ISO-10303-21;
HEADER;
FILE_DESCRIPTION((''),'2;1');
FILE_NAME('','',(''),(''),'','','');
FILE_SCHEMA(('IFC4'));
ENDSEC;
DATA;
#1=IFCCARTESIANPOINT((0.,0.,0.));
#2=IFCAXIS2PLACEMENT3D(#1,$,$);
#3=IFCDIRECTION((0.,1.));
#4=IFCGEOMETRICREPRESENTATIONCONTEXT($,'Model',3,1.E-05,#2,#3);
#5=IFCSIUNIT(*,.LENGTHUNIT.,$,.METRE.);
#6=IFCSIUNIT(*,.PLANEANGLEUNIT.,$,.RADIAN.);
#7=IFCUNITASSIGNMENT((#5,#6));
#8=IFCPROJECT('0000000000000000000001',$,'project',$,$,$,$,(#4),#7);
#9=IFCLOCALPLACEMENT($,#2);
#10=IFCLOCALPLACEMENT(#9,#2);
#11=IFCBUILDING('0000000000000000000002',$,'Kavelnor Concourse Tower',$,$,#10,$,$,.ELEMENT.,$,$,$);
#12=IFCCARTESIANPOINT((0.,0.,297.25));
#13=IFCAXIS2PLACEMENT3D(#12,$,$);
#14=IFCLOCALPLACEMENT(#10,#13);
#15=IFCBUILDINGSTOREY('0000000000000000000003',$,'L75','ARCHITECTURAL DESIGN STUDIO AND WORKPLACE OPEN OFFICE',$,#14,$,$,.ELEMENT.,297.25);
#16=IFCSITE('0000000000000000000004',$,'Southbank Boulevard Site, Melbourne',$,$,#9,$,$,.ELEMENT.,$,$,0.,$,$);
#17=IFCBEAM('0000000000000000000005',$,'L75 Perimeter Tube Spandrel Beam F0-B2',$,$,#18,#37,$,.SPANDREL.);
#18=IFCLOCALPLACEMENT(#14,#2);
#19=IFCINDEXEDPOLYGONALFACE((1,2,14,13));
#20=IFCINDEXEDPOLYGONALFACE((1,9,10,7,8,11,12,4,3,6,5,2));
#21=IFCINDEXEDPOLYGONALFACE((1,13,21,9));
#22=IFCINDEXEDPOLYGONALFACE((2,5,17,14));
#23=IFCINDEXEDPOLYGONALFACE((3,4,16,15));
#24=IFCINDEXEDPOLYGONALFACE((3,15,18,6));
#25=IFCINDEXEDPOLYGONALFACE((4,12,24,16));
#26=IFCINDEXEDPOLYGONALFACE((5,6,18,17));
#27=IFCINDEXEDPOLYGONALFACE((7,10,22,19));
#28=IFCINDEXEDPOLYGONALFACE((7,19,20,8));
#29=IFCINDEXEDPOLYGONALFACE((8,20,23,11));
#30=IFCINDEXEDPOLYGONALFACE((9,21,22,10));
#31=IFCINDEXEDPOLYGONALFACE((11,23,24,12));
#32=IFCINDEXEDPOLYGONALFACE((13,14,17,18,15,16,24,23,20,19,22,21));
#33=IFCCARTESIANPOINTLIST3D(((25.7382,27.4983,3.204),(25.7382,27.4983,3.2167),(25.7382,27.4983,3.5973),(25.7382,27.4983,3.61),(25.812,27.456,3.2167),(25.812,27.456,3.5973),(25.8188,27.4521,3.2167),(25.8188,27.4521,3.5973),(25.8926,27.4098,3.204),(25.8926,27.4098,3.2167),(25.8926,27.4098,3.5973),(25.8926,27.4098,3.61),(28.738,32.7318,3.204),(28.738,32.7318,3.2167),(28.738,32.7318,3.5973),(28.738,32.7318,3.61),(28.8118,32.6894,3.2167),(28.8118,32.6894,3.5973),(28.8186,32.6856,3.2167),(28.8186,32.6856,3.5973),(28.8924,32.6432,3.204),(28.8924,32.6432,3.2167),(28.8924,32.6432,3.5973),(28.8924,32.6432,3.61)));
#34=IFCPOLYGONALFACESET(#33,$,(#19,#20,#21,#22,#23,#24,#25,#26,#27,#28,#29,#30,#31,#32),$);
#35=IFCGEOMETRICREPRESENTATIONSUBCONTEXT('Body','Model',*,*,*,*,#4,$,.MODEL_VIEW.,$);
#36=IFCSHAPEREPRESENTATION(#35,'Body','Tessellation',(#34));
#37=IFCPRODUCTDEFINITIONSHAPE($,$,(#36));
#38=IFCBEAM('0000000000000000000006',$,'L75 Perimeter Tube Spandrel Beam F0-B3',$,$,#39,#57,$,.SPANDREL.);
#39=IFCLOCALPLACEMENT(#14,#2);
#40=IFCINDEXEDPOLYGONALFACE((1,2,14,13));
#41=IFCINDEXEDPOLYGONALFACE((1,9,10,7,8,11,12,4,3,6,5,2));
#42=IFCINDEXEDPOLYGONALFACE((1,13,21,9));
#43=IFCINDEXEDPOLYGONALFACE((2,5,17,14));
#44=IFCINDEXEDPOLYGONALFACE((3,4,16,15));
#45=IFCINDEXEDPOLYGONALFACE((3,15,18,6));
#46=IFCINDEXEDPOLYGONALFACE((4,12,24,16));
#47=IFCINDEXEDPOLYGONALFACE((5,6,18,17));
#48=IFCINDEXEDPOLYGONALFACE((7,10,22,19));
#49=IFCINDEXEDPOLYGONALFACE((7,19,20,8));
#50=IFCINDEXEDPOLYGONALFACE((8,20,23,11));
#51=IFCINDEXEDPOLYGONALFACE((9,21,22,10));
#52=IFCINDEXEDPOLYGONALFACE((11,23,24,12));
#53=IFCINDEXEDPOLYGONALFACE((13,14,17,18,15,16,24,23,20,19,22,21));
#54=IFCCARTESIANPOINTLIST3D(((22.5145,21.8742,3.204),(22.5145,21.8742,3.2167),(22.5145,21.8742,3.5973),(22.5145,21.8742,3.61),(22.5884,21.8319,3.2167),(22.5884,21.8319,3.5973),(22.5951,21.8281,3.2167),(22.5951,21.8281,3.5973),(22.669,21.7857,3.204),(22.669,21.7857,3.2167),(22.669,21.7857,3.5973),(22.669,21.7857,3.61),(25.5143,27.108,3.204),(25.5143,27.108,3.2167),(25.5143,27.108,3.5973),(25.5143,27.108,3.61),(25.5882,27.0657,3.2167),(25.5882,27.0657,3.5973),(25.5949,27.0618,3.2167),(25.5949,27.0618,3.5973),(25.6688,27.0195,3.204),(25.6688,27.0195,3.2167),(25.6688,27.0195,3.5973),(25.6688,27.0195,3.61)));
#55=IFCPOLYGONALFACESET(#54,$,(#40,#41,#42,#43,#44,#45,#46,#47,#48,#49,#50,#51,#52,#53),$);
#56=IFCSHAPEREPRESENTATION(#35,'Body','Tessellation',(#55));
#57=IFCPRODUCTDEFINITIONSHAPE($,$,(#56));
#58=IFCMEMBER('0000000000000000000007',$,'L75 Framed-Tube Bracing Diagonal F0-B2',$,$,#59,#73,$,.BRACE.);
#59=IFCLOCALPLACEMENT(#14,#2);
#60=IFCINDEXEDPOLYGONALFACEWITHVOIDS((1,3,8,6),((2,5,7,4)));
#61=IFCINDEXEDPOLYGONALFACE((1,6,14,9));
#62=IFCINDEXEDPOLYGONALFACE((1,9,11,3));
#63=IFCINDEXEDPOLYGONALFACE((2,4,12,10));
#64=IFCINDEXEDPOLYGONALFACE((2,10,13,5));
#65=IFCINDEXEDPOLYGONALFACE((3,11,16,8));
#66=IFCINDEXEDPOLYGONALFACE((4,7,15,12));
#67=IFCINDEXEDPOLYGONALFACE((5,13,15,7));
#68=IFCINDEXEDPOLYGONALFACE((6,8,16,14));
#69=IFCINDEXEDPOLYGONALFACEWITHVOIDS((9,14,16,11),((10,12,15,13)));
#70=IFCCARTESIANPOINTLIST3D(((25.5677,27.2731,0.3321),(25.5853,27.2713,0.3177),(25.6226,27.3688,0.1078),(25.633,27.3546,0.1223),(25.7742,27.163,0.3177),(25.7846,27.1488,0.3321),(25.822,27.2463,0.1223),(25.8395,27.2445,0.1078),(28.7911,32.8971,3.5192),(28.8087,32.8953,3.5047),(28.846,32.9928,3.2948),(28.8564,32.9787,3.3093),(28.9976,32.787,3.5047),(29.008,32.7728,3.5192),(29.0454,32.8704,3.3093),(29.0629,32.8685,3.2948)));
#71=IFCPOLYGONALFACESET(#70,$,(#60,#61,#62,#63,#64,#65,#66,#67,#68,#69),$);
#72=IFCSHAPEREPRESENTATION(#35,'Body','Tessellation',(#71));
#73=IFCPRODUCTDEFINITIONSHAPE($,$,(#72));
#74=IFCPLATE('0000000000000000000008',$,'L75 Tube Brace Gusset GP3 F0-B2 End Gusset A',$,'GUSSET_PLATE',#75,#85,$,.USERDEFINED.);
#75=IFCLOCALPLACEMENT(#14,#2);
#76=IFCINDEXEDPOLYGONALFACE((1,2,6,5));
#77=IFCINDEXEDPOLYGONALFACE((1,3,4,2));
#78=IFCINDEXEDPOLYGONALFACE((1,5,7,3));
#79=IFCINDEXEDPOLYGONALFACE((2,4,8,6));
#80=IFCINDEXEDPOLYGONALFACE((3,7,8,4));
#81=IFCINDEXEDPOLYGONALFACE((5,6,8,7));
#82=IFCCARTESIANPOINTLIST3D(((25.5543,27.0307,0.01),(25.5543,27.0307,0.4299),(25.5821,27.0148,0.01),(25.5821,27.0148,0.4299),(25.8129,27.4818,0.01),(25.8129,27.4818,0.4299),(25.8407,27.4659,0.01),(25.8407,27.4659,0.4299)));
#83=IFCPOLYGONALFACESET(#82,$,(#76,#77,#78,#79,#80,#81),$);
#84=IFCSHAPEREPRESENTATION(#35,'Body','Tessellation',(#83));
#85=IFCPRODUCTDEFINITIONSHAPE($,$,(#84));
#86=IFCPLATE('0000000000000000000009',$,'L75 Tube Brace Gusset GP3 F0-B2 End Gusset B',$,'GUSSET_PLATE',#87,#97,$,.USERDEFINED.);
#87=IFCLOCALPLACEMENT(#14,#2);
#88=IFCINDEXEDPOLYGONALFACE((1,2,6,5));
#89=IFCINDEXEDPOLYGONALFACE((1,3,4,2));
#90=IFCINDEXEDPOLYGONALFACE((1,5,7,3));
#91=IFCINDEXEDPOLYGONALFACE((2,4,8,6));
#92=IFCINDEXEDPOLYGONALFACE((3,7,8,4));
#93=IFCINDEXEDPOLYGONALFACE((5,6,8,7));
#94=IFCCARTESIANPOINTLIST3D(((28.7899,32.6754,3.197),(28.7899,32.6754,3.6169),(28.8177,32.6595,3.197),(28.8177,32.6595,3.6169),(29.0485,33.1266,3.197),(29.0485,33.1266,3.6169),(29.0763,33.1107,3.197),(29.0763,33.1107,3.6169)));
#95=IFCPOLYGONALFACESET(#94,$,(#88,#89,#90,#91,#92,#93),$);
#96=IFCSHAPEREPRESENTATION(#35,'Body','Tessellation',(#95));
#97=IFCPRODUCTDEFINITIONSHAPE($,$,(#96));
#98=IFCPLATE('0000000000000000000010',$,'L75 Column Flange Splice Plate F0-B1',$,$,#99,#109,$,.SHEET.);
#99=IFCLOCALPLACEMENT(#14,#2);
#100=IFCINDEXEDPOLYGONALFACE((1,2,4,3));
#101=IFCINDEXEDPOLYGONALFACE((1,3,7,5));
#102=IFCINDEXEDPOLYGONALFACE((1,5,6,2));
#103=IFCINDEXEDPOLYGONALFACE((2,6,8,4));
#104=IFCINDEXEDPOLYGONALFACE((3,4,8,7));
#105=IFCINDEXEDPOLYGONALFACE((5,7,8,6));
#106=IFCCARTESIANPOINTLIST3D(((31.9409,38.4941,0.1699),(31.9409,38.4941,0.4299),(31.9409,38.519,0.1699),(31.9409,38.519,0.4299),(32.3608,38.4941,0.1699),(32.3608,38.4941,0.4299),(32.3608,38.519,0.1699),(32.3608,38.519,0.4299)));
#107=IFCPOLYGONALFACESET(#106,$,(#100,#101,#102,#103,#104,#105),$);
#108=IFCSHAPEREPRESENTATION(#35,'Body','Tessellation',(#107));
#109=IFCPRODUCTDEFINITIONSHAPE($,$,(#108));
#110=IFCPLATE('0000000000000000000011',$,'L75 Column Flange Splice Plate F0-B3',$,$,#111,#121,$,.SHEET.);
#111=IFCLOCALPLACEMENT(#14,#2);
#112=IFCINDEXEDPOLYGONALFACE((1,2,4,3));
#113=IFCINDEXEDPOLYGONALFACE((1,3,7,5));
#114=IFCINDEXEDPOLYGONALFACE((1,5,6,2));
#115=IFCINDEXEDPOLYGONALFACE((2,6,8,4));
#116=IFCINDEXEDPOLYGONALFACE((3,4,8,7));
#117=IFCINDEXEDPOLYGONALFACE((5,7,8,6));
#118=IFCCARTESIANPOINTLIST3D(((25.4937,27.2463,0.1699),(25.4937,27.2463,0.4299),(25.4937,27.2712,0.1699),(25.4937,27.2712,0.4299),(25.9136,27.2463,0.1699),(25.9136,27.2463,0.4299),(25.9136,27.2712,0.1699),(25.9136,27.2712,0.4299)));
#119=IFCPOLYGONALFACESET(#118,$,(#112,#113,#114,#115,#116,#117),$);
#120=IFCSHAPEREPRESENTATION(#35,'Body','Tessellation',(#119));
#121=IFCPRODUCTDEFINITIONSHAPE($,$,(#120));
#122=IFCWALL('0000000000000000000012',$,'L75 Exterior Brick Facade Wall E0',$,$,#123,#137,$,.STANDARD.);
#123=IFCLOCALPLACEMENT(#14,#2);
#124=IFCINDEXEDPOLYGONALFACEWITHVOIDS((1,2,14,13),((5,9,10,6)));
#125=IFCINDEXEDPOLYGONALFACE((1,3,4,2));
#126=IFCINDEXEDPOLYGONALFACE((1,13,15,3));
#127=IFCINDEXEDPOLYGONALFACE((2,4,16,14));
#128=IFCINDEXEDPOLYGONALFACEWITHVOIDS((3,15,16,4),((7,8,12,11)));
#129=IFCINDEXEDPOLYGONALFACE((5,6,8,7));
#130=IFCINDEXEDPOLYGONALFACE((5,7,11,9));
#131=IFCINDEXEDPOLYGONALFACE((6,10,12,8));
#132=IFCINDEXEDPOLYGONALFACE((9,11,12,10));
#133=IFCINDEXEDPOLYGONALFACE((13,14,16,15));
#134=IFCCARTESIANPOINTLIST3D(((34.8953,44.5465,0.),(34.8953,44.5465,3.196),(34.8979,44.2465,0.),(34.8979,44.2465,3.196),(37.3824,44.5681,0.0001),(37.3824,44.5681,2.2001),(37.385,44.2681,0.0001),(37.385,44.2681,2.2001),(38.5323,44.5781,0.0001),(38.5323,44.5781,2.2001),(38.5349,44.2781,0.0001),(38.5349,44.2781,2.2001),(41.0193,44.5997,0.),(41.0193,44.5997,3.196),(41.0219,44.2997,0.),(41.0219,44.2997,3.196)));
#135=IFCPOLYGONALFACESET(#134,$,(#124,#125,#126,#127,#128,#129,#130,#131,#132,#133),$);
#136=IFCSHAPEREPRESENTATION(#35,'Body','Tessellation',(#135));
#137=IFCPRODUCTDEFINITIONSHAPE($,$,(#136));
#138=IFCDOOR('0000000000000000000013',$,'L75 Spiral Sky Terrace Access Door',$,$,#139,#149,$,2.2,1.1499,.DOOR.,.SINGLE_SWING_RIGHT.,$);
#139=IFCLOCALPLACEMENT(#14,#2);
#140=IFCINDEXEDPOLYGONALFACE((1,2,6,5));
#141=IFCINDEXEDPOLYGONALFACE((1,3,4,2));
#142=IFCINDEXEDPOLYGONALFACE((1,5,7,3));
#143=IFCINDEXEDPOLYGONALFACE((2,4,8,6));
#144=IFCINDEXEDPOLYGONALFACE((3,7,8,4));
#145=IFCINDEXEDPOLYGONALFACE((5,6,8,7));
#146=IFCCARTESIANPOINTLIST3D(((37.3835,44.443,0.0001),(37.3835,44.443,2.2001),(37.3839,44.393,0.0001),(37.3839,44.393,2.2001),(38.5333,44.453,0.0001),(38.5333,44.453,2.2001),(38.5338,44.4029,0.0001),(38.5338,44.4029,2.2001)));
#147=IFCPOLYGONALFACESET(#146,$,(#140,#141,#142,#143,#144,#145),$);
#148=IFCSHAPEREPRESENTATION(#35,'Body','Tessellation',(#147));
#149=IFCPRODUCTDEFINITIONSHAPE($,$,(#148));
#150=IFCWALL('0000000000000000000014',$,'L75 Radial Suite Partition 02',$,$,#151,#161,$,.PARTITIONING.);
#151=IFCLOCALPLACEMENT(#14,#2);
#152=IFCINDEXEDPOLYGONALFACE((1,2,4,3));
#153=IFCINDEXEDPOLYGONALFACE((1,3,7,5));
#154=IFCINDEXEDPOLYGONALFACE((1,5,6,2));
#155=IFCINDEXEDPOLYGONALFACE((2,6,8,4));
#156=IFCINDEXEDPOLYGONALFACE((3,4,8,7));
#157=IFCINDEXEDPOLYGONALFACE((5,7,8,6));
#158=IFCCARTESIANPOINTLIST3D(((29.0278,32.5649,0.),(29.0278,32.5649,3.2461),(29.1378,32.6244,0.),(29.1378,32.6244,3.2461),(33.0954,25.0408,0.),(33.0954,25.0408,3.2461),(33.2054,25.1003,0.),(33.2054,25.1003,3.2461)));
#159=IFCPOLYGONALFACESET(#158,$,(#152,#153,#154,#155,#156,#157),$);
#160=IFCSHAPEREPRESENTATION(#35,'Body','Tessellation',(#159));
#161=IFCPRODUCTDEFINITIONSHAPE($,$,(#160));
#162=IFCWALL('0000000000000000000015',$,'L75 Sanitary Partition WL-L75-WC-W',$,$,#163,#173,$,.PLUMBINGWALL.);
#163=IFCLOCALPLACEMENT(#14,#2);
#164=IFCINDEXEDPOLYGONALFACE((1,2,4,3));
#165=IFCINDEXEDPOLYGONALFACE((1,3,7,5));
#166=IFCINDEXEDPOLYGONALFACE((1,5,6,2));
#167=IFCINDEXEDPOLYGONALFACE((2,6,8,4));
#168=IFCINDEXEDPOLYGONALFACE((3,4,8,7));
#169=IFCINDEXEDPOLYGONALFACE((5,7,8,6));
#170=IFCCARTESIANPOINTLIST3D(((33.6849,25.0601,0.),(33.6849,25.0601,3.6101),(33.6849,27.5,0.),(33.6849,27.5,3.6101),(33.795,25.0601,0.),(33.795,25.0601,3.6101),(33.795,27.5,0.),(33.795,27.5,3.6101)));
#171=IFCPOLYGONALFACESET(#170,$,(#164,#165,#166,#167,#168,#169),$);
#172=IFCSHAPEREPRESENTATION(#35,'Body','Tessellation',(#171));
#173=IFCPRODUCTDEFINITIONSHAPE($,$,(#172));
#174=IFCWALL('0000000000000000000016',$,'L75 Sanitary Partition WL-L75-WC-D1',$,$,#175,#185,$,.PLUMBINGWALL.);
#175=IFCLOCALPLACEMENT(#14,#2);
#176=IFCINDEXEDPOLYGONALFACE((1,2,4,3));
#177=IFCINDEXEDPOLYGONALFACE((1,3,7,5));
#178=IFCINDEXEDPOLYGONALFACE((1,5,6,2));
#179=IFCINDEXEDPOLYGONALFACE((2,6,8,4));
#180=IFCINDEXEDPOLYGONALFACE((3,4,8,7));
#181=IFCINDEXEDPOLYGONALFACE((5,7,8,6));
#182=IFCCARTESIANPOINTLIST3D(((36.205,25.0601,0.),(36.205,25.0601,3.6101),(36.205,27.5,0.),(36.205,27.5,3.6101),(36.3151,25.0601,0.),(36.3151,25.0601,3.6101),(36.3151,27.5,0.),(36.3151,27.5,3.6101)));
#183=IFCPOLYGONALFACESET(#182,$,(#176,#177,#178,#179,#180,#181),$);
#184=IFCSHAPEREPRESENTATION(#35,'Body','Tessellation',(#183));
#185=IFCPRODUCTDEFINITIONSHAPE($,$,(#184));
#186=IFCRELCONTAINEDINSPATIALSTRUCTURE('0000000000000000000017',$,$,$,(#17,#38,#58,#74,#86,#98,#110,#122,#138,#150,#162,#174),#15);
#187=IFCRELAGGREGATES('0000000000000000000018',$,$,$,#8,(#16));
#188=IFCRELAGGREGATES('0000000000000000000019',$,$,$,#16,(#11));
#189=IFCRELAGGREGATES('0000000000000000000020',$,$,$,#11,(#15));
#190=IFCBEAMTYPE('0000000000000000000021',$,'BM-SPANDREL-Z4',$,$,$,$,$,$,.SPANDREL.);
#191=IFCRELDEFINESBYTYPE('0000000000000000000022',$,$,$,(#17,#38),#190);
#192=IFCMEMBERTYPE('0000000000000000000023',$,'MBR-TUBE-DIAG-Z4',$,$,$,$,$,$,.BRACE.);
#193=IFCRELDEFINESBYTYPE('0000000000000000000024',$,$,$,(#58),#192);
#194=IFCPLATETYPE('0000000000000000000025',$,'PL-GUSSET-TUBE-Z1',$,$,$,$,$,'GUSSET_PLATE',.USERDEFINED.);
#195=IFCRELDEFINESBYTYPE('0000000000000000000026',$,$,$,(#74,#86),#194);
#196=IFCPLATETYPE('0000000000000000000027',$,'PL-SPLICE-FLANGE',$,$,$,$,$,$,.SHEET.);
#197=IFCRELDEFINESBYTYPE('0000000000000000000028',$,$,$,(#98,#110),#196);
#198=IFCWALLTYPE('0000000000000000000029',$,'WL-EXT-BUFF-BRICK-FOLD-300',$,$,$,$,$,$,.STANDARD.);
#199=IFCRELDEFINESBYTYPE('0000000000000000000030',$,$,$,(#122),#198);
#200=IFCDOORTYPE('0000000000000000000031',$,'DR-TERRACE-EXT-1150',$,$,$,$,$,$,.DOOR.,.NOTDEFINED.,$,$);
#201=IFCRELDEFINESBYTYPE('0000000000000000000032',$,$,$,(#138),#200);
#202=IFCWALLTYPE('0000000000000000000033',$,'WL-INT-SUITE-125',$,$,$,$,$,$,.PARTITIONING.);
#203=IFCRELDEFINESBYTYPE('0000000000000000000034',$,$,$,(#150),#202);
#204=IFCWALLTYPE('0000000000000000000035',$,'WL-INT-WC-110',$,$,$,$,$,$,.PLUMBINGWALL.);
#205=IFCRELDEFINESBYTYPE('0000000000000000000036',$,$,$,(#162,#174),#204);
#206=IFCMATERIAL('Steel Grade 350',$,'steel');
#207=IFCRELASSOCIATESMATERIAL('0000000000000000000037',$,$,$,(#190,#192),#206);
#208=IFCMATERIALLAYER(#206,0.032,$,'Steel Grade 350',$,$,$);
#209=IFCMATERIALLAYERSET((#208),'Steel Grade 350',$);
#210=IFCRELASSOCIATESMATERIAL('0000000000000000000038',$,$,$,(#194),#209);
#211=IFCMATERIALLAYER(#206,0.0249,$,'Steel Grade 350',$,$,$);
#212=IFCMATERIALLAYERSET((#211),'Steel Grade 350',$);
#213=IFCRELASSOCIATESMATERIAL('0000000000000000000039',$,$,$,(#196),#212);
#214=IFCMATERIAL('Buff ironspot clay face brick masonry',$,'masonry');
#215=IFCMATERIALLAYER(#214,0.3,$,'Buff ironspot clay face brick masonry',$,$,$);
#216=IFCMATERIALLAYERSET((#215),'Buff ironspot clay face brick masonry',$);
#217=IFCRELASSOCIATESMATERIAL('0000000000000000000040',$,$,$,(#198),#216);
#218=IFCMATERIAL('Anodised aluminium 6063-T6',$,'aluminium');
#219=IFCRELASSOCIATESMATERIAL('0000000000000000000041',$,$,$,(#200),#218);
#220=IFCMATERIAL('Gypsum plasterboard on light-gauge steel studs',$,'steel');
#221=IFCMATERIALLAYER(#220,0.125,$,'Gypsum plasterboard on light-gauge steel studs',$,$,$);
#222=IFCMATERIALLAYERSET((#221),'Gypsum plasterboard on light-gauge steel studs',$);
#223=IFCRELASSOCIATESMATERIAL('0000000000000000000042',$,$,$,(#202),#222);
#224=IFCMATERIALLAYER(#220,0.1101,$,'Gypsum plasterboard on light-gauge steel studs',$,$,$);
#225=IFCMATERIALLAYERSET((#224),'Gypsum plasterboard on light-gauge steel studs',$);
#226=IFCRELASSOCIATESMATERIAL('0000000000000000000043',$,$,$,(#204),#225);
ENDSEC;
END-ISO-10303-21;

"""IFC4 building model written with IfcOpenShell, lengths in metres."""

from ifc_helpers import new_model, si_unit, direction, frame, frame_2d, origin, origin_2d, place, context, subcontext, project, spatial, rectangle, hollow_rectangle, i_section, extrude, material, layer, layer_set, material_profile, profile_set, type_object, element, fill, save


model = new_model("IFC4")

# Units and contexts
model_context = context("Model", 3, precision=1e-05, world=origin(), true_north=direction((0.0, 1.0)))
body_context = subcontext(model_context, "Body", "Model", "MODEL_VIEW")
ifc_project = project(units=[si_unit("LENGTHUNIT", "METRE"), si_unit("PLANEANGLEUNIT", "RADIAN")], contexts=[model_context])

# Site, building, storey
site_placement = place(None, origin())
site = spatial("IfcSite", under=ifc_project, at=site_placement, Name="Southbank Boulevard Site, Melbourne", CompositionType="ELEMENT", RefElevation=0.0)
building_placement = place(site_placement, origin())
building = spatial("IfcBuilding", under=site, at=building_placement, Name="Kavelnor Concourse Tower", CompositionType="ELEMENT")
storey_placement = place(building_placement, frame((0.0, 0.0, 297.25)))
storey = spatial("IfcBuildingStorey", under=building, at=storey_placement, Name="L75", Description="ARCHITECTURAL DESIGN STUDIO AND WORKPLACE OPEN OFFICE", CompositionType="ELEMENT", Elevation=297.25)

# Shared definitions
ifc_material_1 = material(Name="Steel Grade 350", Category="steel")

# Beams
ifc_material_profile_1 = material_profile(ifc_material_1, i_section(OverallWidth=0.178, OverallDepth=0.406, WebThickness=0.0078, FlangeThickness=0.0127, at=origin_2d()), Name="410UB59")
ifc_profile_set_1 = profile_set([ifc_material_profile_1], Name="Steel Grade 350")
beam_type_1 = type_object("IfcBeamType", Name="BM-SPANDREL-Z4", PredefinedType="SPANDREL", material=ifc_profile_set_1)
beam_1_placement = place(storey_placement, frame((28.8152, 32.6875, 3.407), z_axis=(-0.497294, -0.867582, 0.0), x_axis=(0.867582, -0.497294, 0.0)))
element("IfcBeam", 1, at=beam_1_placement, inside=storey, type_object=beam_type_1, Name="L75 Perimeter Tube Spandrel Beam F0-B2", PredefinedType="SPANDREL", context=body_context, shape_type="SweptSolid", body=[
    extrude(i_section(OverallWidth=0.178, OverallDepth=0.406, WebThickness=0.0078, FlangeThickness=0.0127, at=origin_2d()), origin(), (0.0, 0.0, 1.0), 6.0322),
])
beam_2_placement = place(storey_placement, frame((25.5916, 27.0637, 3.407), z_axis=(-0.497276, -0.867592, 0.0), x_axis=(0.867592, -0.497276, 0.0)))
element("IfcBeam", 2, at=beam_2_placement, inside=storey, type_object=beam_type_1, Name="L75 Perimeter Tube Spandrel Beam F0-B3", PredefinedType="SPANDREL", context=body_context, shape_type="SweptSolid", body=[
    extrude(i_section(OverallWidth=0.178, OverallDepth=0.406, WebThickness=0.0078, FlangeThickness=0.0127, at=origin_2d()), origin(), (0.0, 0.0, 1.0), 6.0325),
])

# Member
ifc_material_profile_2 = material_profile(ifc_material_1, hollow_rectangle(XDim=0.25, YDim=0.25, WallThickness=0.0161, at=origin_2d()), Name="SHS 250x250x16")
ifc_profile_set_2 = profile_set([ifc_material_profile_2], Name="Steel Grade 350")
member_type = type_object("IfcMemberType", Name="MBR-TUBE-DIAG-Z4", PredefinedType="BRACE", material=ifc_profile_set_2)
member_placement = place(storey_placement, frame((25.7036, 27.2588, 0.22), z_axis=(0.446245, 0.778588, 0.441209), x_axis=(-0.8676, 0.497262, 0.0)))
element("IfcMember", 3, at=member_placement, inside=storey, type_object=member_type, Name="L75 Framed-Tube Bracing Diagonal F0-B2", PredefinedType="BRACE", context=body_context, shape_type="SweptSolid", body=[
    extrude(hollow_rectangle(XDim=0.25, YDim=0.25, WallThickness=0.0161, at=origin_2d()), origin(), (0.0, 0.0, 1.0), 7.2234),
])

# Plates
ifc_layer_1 = layer(ifc_material_1, 0.032, Name="Steel Grade 350")
ifc_layer_set_1 = layer_set([ifc_layer_1], Name="Steel Grade 350")
plate_type_1 = type_object("IfcPlateType", Name="PL-GUSSET-TUBE-Z1", ElementType="GUSSET_PLATE", PredefinedType="USERDEFINED", material=ifc_layer_set_1)
for number, where, z_axis, x_axis, name in (
    (4, (25.6975, 27.2483, 0.01), (0.0, 0.0, 1.0), (0.497277, 0.867592, 0.0), "L75 Tube Brace Gusset GP3 F0-B2 End Gusset A"),
    (5, (28.9331, 32.8931, 3.197), (0.0, 0.0, 1.0), (0.497277, 0.867592, 0.0), "L75 Tube Brace Gusset GP3 F0-B2 End Gusset B"),
):
    element("IfcPlate", number, at=place(storey_placement, frame(where, z_axis=z_axis, x_axis=x_axis)), inside=storey, type_object=plate_type_1, Name=name, ObjectType="GUSSET_PLATE", PredefinedType="USERDEFINED", context=body_context, shape_type="SweptSolid", body=[
        extrude(rectangle(XDim=0.52, YDim=0.032, at=origin_2d()), origin(), (0.0, 0.0, 1.0), 0.4199),
    ])
ifc_layer_2 = layer(ifc_material_1, 0.0249, Name="Steel Grade 350")
ifc_layer_set_2 = layer_set([ifc_layer_2], Name="Steel Grade 350")
plate_type_2 = type_object("IfcPlateType", Name="PL-SPLICE-FLANGE", PredefinedType="SHEET", material=ifc_layer_set_2)
for number, where, z_axis, x_axis, name in (
    (6, (32.1509, 38.5066, 0.1699), (0.0, 0.0, 1.0), (1.0, 0.0, 0.0), "L75 Column Flange Splice Plate F0-B1"),
    (7, (25.7036, 27.2588, 0.1699), (0.0, 0.0, 1.0), (1.0, 0.0, 0.0), "L75 Column Flange Splice Plate F0-B3"),
):
    element("IfcPlate", number, at=place(storey_placement, frame(where, z_axis=z_axis, x_axis=x_axis)), inside=storey, type_object=plate_type_2, Name=name, PredefinedType="SHEET", context=body_context, shape_type="SweptSolid", body=[
        extrude(rectangle(XDim=0.4199, YDim=0.0249, at=origin_2d()), origin(), (0.0, 0.0, 1.0), 0.26),
    ])

# Wall, opening, door
ifc_material_2 = material(Name="Buff ironspot clay face brick masonry", Category="masonry")
ifc_layer_3 = layer(ifc_material_2, 0.3, Name="Buff ironspot clay face brick masonry")
ifc_layer_set_3 = layer_set([ifc_layer_3], Name="Buff ironspot clay face brick masonry")
wall_type_1 = type_object("IfcWallType", Name="WL-EXT-BUFF-BRICK-FOLD-300", PredefinedType="STANDARD", material=ifc_layer_set_3)
wall_1_placement = place(storey_placement, frame((34.8967, 44.3965, 0.0), z_axis=(0.0, 0.0, 1.0), x_axis=(0.999962, 0.00869, 0.0)))
wall_1 = element("IfcWall", 8, at=wall_1_placement, inside=storey, type_object=wall_type_1, Name="L75 Exterior Brick Facade Wall E0", PredefinedType="STANDARD", context=body_context, shape_type="SweptSolid", body=[
    extrude(rectangle(XDim=6.1243, YDim=0.3, at=frame_2d((3.062, 0.0))), origin(), (0.0, 0.0, 1.0), 3.196),
])
opening_placement = place(wall_1_placement, frame((2.4871, 0.0, 0.0)))
opening = element("IfcOpeningElement", 9, at=opening_placement, cuts=wall_1, PredefinedType="OPENING", context=body_context, shape_type="SweptSolid", body=[
    extrude(rectangle(XDim=1.1499, YDim=2.2, at=frame_2d((0.575, 1.1001))), frame((0.0, 0.1602, 0.0), z_axis=(0.0, -1.0, 0.0), x_axis=(1.0, 0.0, 0.0)), (0.0, 0.0, 1.0), 0.3201),
])
ifc_material_3 = material(Name="Anodised aluminium 6063-T6", Category="aluminium")
door_type = type_object("IfcDoorType", Name="DR-TERRACE-EXT-1150", OperationType="NOTDEFINED", PredefinedType="DOOR", material=ifc_material_3)
door_placement = place(opening_placement, origin())
door = element("IfcDoor", 10, at=door_placement, inside=storey, type_object=door_type, Name="L75 Spiral Sky Terrace Access Door", OperationType="SINGLE_SWING_RIGHT", OverallHeight=2.2, OverallWidth=1.1499, PredefinedType="DOOR", context=body_context, shape_type="SweptSolid", body=[
    extrude(rectangle(XDim=1.1499, YDim=2.2, at=frame_2d((0.575, 1.1001))), frame((0.0, 0.0249, 0.0), z_axis=(0.0, -1.0, 0.0), x_axis=(1.0, 0.0, 0.0)), (0.0, 0.0, 1.0), 0.05),
])
fill(opening, door)

# Walls
ifc_material_4 = material(Name="Gypsum plasterboard on light-gauge steel studs", Category="steel")
ifc_layer_4 = layer(ifc_material_4, 0.125, Name="Gypsum plasterboard on light-gauge steel studs")
ifc_layer_set_4 = layer_set([ifc_layer_4], Name="Gypsum plasterboard on light-gauge steel studs")
wall_type_2 = type_object("IfcWallType", Name="WL-INT-SUITE-125", PredefinedType="PARTITIONING", material=ifc_layer_set_4)
wall_2_placement = place(storey_placement, frame((33.1504, 25.0706, 0.0), z_axis=(0.0, 0.0, 1.0), x_axis=(-0.475563, 0.879682, 0.0)))
element("IfcWall", 11, at=wall_2_placement, inside=storey, type_object=wall_type_2, Name="L75 Radial Suite Partition 02", PredefinedType="PARTITIONING", context=body_context, shape_type="SweptSolid", body=[
    extrude(rectangle(XDim=8.5532, YDim=0.125, at=frame_2d((4.2766, 0.0))), origin(), (0.0, 0.0, 1.0), 3.2461),
])
ifc_layer_5 = layer(ifc_material_4, 0.1101, Name="Gypsum plasterboard on light-gauge steel studs")
ifc_layer_set_5 = layer_set([ifc_layer_5], Name="Gypsum plasterboard on light-gauge steel studs")
wall_type_3 = type_object("IfcWallType", Name="WL-INT-WC-110", PredefinedType="PLUMBINGWALL", material=ifc_layer_set_5)
for number, where, z_axis, x_axis, name in (
    (12, (33.74, 25.0601, 0.0), (0.0, 0.0, 1.0), (0.0, 1.0, 0.0), "L75 Sanitary Partition WL-L75-WC-W"),
    (13, (36.26, 25.0601, 0.0), (0.0, 0.0, 1.0), (0.0, 1.0, 0.0), "L75 Sanitary Partition WL-L75-WC-D1"),
):
    element("IfcWall", number, at=place(storey_placement, frame(where, z_axis=z_axis, x_axis=x_axis)), inside=storey, type_object=wall_type_3, Name=name, PredefinedType="PLUMBINGWALL", context=body_context, shape_type="SweptSolid", body=[
        extrude(rectangle(XDim=2.4399, YDim=0.1101, at=frame_2d((1.22, 0.0))), origin(), (0.0, 0.0, 1.0), 3.6101),
    ])

save(model, "model.ifc")
